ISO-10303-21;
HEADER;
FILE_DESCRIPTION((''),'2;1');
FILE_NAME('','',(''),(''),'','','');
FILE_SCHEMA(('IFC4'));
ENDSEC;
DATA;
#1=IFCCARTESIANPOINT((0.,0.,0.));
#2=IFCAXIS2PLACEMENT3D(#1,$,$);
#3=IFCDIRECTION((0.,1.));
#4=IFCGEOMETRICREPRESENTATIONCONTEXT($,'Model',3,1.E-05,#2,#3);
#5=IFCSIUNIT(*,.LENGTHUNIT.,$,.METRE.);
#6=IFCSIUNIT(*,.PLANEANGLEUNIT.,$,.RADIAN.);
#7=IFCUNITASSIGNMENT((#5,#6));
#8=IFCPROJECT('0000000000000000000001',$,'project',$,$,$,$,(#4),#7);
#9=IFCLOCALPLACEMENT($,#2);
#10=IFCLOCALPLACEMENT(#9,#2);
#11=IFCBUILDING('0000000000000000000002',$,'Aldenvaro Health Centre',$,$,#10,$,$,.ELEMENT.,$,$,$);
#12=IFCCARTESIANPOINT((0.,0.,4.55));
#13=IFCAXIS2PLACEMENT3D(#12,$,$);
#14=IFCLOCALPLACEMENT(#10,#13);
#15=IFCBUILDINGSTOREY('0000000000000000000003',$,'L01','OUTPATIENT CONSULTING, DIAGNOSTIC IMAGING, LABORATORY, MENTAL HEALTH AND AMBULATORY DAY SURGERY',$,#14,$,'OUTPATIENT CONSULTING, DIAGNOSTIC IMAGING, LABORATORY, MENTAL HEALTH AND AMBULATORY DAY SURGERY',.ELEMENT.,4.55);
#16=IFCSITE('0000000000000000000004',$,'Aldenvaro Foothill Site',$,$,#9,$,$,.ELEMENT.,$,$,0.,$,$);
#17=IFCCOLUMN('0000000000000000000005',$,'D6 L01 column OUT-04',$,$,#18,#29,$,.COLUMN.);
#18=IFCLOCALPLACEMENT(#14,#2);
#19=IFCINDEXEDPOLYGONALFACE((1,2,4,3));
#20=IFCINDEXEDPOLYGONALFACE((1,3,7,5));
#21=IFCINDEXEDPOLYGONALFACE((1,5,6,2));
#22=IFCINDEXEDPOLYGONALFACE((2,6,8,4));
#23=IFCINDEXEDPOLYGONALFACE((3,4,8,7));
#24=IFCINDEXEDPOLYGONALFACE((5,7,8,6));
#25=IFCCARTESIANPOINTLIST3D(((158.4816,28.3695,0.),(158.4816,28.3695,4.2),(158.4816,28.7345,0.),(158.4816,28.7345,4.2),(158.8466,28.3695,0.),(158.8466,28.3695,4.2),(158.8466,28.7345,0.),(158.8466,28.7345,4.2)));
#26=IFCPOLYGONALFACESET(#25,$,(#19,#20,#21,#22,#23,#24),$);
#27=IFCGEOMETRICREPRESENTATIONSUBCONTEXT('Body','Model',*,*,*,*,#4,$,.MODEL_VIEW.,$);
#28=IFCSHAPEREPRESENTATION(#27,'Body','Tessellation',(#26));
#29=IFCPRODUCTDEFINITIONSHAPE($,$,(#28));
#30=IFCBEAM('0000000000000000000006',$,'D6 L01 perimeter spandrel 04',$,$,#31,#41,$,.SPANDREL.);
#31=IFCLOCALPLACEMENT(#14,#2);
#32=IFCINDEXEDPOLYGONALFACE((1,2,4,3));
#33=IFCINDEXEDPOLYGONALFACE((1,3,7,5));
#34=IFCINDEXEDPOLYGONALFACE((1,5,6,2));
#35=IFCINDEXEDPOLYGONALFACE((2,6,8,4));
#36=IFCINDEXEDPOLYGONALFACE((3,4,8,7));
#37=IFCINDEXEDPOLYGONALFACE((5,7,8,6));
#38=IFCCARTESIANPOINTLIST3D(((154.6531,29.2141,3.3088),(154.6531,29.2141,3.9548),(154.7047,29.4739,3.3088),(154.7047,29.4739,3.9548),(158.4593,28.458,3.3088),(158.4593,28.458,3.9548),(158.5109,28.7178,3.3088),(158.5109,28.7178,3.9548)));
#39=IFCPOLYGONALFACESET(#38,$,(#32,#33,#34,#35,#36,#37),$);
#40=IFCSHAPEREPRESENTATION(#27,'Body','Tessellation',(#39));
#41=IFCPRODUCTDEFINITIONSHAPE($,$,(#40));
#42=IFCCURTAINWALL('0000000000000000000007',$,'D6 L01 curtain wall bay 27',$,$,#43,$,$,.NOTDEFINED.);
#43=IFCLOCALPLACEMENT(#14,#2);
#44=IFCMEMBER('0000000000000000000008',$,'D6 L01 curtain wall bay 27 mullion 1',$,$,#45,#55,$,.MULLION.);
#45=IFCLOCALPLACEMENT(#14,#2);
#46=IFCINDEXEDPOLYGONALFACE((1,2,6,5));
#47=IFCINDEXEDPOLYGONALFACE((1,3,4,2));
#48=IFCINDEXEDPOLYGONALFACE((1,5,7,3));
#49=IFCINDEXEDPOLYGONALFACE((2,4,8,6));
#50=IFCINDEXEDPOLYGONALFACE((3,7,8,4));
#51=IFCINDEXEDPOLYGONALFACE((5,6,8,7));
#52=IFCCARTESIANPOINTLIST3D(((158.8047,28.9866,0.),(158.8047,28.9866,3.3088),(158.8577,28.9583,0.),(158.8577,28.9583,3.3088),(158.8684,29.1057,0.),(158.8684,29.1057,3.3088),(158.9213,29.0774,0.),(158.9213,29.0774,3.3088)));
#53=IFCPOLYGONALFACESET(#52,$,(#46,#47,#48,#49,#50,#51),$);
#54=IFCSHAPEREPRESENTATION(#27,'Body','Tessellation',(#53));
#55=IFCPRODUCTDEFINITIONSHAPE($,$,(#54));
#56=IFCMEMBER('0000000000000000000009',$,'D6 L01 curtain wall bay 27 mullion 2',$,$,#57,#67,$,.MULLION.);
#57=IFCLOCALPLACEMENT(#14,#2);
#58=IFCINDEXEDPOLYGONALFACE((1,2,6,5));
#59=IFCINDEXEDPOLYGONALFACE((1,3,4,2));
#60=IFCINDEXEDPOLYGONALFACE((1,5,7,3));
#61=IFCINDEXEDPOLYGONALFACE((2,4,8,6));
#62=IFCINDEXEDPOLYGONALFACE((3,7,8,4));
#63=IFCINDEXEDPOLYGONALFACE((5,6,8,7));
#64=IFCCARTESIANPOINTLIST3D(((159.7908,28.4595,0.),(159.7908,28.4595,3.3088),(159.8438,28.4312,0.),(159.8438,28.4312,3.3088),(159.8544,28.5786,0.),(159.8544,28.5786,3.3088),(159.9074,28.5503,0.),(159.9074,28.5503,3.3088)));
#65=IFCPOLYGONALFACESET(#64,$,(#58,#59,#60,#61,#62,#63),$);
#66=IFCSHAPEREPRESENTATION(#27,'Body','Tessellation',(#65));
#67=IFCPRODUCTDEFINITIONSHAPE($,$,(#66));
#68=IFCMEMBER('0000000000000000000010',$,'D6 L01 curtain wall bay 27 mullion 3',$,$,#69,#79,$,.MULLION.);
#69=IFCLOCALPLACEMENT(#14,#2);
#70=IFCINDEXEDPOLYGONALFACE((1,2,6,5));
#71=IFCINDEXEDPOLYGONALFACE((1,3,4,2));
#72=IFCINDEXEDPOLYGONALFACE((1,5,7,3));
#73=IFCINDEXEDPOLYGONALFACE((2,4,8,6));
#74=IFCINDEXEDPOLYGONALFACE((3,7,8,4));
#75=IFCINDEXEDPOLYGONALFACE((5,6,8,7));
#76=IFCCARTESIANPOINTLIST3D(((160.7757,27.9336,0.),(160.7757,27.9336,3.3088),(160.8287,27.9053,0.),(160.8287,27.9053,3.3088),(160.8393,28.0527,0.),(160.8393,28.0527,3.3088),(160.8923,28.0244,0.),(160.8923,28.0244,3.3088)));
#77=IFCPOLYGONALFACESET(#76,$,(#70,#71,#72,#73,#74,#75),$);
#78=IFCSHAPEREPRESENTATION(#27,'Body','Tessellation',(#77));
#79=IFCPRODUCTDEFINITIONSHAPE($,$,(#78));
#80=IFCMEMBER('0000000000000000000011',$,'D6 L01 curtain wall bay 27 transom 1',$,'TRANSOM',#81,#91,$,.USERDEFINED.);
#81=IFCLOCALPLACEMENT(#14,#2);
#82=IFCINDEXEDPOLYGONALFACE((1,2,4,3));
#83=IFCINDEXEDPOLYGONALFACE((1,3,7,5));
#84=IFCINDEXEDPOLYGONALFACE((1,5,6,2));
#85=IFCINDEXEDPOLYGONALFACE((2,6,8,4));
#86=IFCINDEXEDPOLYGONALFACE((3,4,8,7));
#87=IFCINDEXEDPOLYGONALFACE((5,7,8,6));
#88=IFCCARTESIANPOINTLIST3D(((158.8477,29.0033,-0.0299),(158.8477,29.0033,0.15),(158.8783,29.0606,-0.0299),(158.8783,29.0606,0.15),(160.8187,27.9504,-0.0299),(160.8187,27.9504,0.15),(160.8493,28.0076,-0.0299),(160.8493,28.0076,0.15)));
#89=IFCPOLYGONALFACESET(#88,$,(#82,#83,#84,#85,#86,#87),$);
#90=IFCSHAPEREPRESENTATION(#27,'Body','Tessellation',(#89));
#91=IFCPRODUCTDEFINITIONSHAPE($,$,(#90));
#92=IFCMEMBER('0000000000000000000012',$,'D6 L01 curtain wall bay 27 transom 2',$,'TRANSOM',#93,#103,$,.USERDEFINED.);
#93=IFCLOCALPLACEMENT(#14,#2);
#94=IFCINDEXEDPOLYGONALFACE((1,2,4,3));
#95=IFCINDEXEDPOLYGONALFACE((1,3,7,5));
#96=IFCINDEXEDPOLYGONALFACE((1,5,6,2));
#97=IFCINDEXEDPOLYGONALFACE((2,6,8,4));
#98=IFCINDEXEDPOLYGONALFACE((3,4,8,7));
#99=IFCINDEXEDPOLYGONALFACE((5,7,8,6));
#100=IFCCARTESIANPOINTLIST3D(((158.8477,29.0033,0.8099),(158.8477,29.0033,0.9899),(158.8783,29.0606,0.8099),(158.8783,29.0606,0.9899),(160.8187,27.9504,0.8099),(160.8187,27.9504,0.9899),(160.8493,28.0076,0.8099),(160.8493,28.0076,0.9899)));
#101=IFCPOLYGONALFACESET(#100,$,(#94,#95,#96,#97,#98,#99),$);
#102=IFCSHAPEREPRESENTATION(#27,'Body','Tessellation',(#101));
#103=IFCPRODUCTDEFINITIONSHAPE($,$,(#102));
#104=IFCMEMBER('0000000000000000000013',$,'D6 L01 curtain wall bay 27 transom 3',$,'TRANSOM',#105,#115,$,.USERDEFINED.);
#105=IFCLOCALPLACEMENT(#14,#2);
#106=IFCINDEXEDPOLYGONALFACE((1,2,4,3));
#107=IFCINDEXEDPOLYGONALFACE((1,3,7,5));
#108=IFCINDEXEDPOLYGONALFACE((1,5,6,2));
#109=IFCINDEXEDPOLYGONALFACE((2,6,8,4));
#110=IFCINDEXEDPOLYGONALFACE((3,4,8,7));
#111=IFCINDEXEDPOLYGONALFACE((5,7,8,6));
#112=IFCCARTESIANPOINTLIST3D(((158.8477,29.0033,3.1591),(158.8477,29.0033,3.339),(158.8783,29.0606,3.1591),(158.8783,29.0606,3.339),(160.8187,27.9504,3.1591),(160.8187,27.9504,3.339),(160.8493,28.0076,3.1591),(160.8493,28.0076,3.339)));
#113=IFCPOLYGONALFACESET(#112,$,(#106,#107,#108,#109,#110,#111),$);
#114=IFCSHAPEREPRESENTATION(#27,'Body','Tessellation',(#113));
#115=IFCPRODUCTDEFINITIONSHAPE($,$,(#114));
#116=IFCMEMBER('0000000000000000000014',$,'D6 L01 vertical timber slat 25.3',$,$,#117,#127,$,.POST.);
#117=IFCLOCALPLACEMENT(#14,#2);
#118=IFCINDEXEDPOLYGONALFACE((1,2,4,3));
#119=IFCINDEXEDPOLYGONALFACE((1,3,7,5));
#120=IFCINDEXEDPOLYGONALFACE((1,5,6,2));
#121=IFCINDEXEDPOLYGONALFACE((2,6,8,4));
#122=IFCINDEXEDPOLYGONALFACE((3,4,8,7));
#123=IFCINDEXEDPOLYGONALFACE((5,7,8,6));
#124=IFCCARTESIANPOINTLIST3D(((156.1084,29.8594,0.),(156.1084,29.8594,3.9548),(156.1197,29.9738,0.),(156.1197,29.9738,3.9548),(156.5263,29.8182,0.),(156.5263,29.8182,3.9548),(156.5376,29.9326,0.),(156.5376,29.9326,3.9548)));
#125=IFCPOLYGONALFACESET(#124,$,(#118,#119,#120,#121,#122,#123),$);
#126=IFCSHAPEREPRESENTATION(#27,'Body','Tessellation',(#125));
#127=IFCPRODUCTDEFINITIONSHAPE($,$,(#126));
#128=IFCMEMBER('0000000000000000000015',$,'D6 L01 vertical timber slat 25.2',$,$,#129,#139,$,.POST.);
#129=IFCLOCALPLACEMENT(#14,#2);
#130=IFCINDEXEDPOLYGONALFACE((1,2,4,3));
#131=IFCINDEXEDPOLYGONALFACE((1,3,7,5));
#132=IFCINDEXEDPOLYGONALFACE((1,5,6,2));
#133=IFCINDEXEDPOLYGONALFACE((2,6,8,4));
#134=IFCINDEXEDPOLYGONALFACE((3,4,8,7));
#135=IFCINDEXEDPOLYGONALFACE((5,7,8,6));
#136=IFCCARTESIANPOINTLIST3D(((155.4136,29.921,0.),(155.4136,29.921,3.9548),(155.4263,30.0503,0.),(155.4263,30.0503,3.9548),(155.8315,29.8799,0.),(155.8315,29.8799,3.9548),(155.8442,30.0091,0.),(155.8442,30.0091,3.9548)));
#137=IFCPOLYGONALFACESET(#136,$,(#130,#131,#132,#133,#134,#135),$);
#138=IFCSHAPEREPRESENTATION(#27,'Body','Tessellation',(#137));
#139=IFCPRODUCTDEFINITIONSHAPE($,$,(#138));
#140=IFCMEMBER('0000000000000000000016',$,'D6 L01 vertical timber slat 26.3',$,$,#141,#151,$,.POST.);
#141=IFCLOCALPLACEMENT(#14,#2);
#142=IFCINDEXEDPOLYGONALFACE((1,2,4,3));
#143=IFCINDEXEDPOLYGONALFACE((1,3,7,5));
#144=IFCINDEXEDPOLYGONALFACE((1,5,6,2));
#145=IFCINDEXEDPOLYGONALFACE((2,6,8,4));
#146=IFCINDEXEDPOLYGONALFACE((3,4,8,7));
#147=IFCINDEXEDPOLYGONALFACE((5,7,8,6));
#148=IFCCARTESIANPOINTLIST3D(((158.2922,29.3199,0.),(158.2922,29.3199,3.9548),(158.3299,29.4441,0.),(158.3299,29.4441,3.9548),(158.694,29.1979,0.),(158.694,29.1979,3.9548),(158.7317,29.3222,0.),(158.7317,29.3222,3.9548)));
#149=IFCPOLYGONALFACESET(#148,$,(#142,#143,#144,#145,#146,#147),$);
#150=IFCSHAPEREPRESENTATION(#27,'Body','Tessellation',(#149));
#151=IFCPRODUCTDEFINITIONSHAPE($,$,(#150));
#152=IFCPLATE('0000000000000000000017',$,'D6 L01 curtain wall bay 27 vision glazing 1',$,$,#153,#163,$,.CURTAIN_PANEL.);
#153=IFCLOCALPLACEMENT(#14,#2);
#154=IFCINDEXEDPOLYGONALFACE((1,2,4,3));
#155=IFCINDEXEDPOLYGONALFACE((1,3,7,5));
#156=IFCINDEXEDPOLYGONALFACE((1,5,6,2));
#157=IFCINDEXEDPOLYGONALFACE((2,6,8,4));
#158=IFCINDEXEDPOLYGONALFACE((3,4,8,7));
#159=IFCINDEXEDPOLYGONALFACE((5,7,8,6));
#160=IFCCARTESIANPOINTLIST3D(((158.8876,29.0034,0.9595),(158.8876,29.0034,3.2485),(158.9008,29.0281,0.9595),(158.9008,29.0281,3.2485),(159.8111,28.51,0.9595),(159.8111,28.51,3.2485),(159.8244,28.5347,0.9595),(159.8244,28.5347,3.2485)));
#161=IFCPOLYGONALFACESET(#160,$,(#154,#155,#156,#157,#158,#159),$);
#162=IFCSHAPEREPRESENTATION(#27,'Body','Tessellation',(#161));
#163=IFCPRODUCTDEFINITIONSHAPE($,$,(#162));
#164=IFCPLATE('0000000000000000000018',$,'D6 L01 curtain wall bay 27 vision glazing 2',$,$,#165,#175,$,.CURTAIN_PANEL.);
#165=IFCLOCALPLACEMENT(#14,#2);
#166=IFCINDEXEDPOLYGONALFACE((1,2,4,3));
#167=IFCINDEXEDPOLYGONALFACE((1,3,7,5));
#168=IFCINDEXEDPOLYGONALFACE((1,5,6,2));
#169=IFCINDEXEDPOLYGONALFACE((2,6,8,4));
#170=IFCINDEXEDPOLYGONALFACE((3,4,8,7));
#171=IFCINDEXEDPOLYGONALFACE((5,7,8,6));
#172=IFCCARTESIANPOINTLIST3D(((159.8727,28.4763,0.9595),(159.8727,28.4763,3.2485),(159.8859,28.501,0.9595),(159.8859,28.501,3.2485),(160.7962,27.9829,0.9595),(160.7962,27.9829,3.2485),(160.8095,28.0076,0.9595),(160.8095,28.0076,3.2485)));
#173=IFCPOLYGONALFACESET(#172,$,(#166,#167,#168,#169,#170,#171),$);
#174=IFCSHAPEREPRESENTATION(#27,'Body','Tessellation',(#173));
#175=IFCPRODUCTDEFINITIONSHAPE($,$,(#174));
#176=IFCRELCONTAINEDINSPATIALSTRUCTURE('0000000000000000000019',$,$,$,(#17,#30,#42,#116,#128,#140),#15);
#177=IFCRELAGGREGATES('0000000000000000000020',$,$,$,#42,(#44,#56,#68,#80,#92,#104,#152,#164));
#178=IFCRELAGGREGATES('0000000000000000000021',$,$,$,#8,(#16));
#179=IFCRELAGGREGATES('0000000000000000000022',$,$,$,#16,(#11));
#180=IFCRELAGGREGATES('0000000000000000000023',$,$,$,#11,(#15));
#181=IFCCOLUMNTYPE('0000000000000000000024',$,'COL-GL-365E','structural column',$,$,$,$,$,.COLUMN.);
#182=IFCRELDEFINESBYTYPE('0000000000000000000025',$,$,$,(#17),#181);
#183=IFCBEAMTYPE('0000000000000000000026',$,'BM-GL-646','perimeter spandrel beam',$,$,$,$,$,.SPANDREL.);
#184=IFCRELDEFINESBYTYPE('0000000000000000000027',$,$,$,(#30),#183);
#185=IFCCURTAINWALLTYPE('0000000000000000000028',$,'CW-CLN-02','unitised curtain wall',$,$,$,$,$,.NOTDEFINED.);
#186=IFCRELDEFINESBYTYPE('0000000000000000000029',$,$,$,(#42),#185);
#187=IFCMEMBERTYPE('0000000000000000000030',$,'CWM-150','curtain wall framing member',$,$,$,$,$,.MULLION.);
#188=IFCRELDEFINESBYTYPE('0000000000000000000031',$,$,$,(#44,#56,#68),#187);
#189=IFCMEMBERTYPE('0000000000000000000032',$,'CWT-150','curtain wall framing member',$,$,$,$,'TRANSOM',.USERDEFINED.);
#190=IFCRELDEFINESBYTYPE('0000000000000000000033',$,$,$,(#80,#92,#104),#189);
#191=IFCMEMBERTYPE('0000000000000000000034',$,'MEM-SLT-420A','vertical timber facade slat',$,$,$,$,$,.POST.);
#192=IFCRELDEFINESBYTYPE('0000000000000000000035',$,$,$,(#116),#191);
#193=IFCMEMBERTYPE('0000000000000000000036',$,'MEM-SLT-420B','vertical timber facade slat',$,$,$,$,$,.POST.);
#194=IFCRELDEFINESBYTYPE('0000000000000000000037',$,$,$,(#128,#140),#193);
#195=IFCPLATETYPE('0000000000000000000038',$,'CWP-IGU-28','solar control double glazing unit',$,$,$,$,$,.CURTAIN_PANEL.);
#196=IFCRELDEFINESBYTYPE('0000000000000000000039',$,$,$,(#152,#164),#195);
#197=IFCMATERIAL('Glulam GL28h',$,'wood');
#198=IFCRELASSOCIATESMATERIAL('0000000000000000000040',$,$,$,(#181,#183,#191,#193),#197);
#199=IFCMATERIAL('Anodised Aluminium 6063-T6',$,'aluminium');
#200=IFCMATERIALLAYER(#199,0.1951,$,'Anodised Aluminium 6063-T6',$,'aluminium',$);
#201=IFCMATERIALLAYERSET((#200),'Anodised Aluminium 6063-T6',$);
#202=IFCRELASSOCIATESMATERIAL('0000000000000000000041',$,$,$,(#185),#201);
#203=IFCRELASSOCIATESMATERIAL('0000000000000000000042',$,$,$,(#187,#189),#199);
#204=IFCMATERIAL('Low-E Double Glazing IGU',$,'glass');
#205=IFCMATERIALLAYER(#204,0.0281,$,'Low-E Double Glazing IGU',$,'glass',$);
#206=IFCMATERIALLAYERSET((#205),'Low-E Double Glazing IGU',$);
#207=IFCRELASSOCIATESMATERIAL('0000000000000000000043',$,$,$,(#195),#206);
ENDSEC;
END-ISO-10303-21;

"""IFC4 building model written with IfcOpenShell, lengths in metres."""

from ifc_helpers import new_model, si_unit, direction, frame, origin, origin_2d, place, context, subcontext, project, spatial, rectangle, extrude, material, layer, layer_set, material_profile, profile_set, type_object, element, aggregate, save


model = new_model("IFC4")

# Units and contexts
model_context = context("Model", 3, precision=1e-05, world=origin(), true_north=direction((0.0, 1.0)))
body_context = subcontext(model_context, "Body", "Model", "MODEL_VIEW")
ifc_project = project(units=[si_unit("LENGTHUNIT", "METRE"), si_unit("PLANEANGLEUNIT", "RADIAN")], contexts=[model_context])

# Site, building, storey
site_placement = place(None, origin())
site = spatial("IfcSite", under=ifc_project, at=site_placement, Name="Aldenvaro Foothill Site", CompositionType="ELEMENT", RefElevation=0.0)
building_placement = place(site_placement, origin())
building = spatial("IfcBuilding", under=site, at=building_placement, Name="Aldenvaro Health Centre", CompositionType="ELEMENT")
storey_placement = place(building_placement, frame((0.0, 0.0, 4.55)))
storey = spatial("IfcBuildingStorey", under=building, at=storey_placement, Name="L01", Description="OUTPATIENT CONSULTING, DIAGNOSTIC IMAGING, LABORATORY, MENTAL HEALTH AND AMBULATORY DAY SURGERY", LongName="OUTPATIENT CONSULTING, DIAGNOSTIC IMAGING, LABORATORY, MENTAL HEALTH AND AMBULATORY DAY SURGERY", CompositionType="ELEMENT", Elevation=4.55)

# Column
ifc_material_1 = material(Name="Glulam GL28h", Category="wood")
ifc_material_profile_1 = material_profile(ifc_material_1, rectangle(XDim=0.365, YDim=0.365, at=origin_2d()), Name="GL 365x365", Category="wood")
ifc_profile_set_1 = profile_set([ifc_material_profile_1], Name="Glulam GL28h")
column_type = type_object("IfcColumnType", Name="COL-GL-365E", Description="structural column", PredefinedType="COLUMN", material=ifc_profile_set_1)
column_placement = place(storey_placement, frame((158.6641, 28.552, 0.0), z_axis=(0.0, 0.0, 1.0), x_axis=(1.0, 0.0, 0.0)))
element("IfcColumn", 1, at=column_placement, inside=storey, type_object=column_type, Name="D6 L01 column OUT-04", PredefinedType="COLUMN", context=body_context, shape_type="SweptSolid", body=[
    extrude(rectangle(XDim=0.365, YDim=0.365, at=origin_2d()), origin(), (0.0, 0.0, 1.0), 4.2),
])

# Beam
ifc_material_profile_2 = material_profile(ifc_material_1, rectangle(XDim=0.2649, YDim=0.646, at=origin_2d()), Name="GL 265x646", Category="wood")
ifc_profile_set_2 = profile_set([ifc_material_profile_2], Name="Glulam GL28h")
beam_type = type_object("IfcBeamType", Name="BM-GL-646", Description="perimeter spandrel beam", PredefinedType="SPANDREL", material=ifc_profile_set_2)
beam_placement = place(storey_placement, frame((158.4851, 28.5879, 3.6318), z_axis=(-0.980834, 0.194846, 0.0), x_axis=(-0.194846, -0.980834, 0.0)))
element("IfcBeam", 2, at=beam_placement, inside=storey, type_object=beam_type, Name="D6 L01 perimeter spandrel 04", PredefinedType="SPANDREL", context=body_context, shape_type="SweptSolid", body=[
    extrude(rectangle(XDim=0.2649, YDim=0.646, at=origin_2d()), origin(), (0.0, 0.0, 1.0), 3.8806),
])

# Curtain wall, members
ifc_material_2 = material(Name="Anodised Aluminium 6063-T6", Category="aluminium")
ifc_layer_1 = layer(ifc_material_2, 0.1951, Name="Anodised Aluminium 6063-T6", Category="aluminium")
ifc_layer_set_1 = layer_set([ifc_layer_1], Name="Anodised Aluminium 6063-T6")
curtain_wall_type = type_object("IfcCurtainWallType", Name="CW-CLN-02", Description="unitised curtain wall", PredefinedType="NOTDEFINED", material=ifc_layer_set_1)
curtain_wall_placement = place(storey_placement, origin())
curtain_wall = element("IfcCurtainWall", 3, at=curtain_wall_placement, inside=storey, type_object=curtain_wall_type, Name="D6 L01 curtain wall bay 27", PredefinedType="NOTDEFINED")
ifc_material_profile_3 = material_profile(ifc_material_2, rectangle(XDim=0.0601, YDim=0.135, at=origin_2d()), Name="ALU 60x135", Category="aluminium")
ifc_profile_set_3 = profile_set([ifc_material_profile_3], Name="Anodised Aluminium 6063-T6")
member_type_1 = type_object("IfcMemberType", Name="CWM-150", Description="curtain wall framing member", PredefinedType="MULLION", material=ifc_profile_set_3)
member_1_placement = place(storey_placement, frame((158.863, 29.032, 0.0), z_axis=(0.0, 0.0, 1.0), x_axis=(0.882018, -0.471215, 0.0)))
member_1 = element("IfcMember", 4, at=member_1_placement, type_object=member_type_1, Name="D6 L01 curtain wall bay 27 mullion 1", PredefinedType="MULLION", context=body_context, shape_type="SweptSolid", body=[
    extrude(rectangle(XDim=0.0601, YDim=0.135, at=origin_2d()), origin(), (0.0, 0.0, 1.0), 3.3088),
])
member_2_placement = place(storey_placement, frame((159.8491, 28.5049, 0.0), z_axis=(0.0, 0.0, 1.0), x_axis=(0.882018, -0.471215, 0.0)))
member_2 = element("IfcMember", 5, at=member_2_placement, type_object=member_type_1, Name="D6 L01 curtain wall bay 27 mullion 2", PredefinedType="MULLION", context=body_context, shape_type="SweptSolid", body=[
    extrude(rectangle(XDim=0.0601, YDim=0.135, at=origin_2d()), origin(), (0.0, 0.0, 1.0), 3.3088),
])
member_3_placement = place(storey_placement, frame((160.834, 27.979, 0.0), z_axis=(0.0, 0.0, 1.0), x_axis=(0.882018, -0.471215, 0.0)))
member_3 = element("IfcMember", 6, at=member_3_placement, type_object=member_type_1, Name="D6 L01 curtain wall bay 27 mullion 3", PredefinedType="MULLION", context=body_context, shape_type="SweptSolid", body=[
    extrude(rectangle(XDim=0.0601, YDim=0.135, at=origin_2d()), origin(), (0.0, 0.0, 1.0), 3.3088),
])
ifc_material_profile_4 = material_profile(ifc_material_2, rectangle(XDim=0.0649, YDim=0.1799, at=origin_2d()), Name="ALU 65x180", Category="aluminium")
ifc_profile_set_4 = profile_set([ifc_material_profile_4], Name="Anodised Aluminium 6063-T6")
member_type_2 = type_object("IfcMemberType", Name="CWT-150", Description="curtain wall framing member", ElementType="TRANSOM", PredefinedType="USERDEFINED", material=ifc_profile_set_4)
member_4_placement = place(storey_placement, frame((158.863, 29.032, 0.0601), z_axis=(0.882017, -0.471218, 0.0), x_axis=(0.471218, 0.882017, 0.0)))
member_4 = element("IfcMember", 7, at=member_4_placement, type_object=member_type_2, Name="D6 L01 curtain wall bay 27 transom 1", ObjectType="TRANSOM", PredefinedType="USERDEFINED", context=body_context, shape_type="SweptSolid", body=[
    extrude(rectangle(XDim=0.0649, YDim=0.1799, at=origin_2d()), origin(), (0.0, 0.0, 1.0), 2.2346),
])
member_5_placement = place(storey_placement, frame((158.863, 29.032, 0.8999), z_axis=(0.882017, -0.471218, 0.0), x_axis=(0.471218, 0.882017, 0.0)))
member_5 = element("IfcMember", 8, at=member_5_placement, type_object=member_type_2, Name="D6 L01 curtain wall bay 27 transom 2", ObjectType="TRANSOM", PredefinedType="USERDEFINED", context=body_context, shape_type="SweptSolid", body=[
    extrude(rectangle(XDim=0.0649, YDim=0.1799, at=origin_2d()), origin(), (0.0, 0.0, 1.0), 2.2346),
])
member_6_placement = place(storey_placement, frame((158.863, 29.032, 3.249), z_axis=(0.882017, -0.471218, 0.0), x_axis=(0.471218, 0.882017, 0.0)))
member_6 = element("IfcMember", 9, at=member_6_placement, type_object=member_type_2, Name="D6 L01 curtain wall bay 27 transom 3", ObjectType="TRANSOM", PredefinedType="USERDEFINED", context=body_context, shape_type="SweptSolid", body=[
    extrude(rectangle(XDim=0.0649, YDim=0.1799, at=origin_2d()), origin(), (0.0, 0.0, 1.0), 2.2346),
])

# Members
ifc_material_profile_5 = material_profile(ifc_material_1, rectangle(XDim=0.115, YDim=0.4199, at=origin_2d()), Name="GL 115x420", Category="wood")
ifc_profile_set_5 = profile_set([ifc_material_profile_5], Name="Glulam GL28h")
member_type_3 = type_object("IfcMemberType", Name="MEM-SLT-420A", Description="vertical timber facade slat", PredefinedType="POST", material=ifc_profile_set_5)
member_7_placement = place(storey_placement, frame((156.323, 29.896, 0.0), z_axis=(0.0, 0.0, 1.0), x_axis=(0.097997, 0.995187, 0.0)))
element("IfcMember", 10, at=member_7_placement, inside=storey, type_object=member_type_3, Name="D6 L01 vertical timber slat 25.3", PredefinedType="POST", context=body_context, shape_type="SweptSolid", body=[
    extrude(rectangle(XDim=0.115, YDim=0.4199, at=origin_2d()), origin(), (0.0, 0.0, 1.0), 3.9548),
])
ifc_material_profile_6 = material_profile(ifc_material_1, rectangle(XDim=0.1299, YDim=0.4199, at=origin_2d()), Name="GL 130x420", Category="wood")
ifc_profile_set_6 = profile_set([ifc_material_profile_6], Name="Glulam GL28h")
member_type_4 = type_object("IfcMemberType", Name="MEM-SLT-420B", Description="vertical timber facade slat", PredefinedType="POST", material=ifc_profile_set_6)
for number, where, z_axis, x_axis, name in (
    (11, (155.6289, 29.9651, 0.0), (0.0, 0.0, 1.0), (0.097997, 0.995187, 0.0), "D6 L01 vertical timber slat 25.2"),
    (12, (158.512, 29.321, 0.0), (0.0, 0.0, 1.0), (0.290343, 0.956923, 0.0), "D6 L01 vertical timber slat 26.3"),
):
    element("IfcMember", number, at=place(storey_placement, frame(where, z_axis=z_axis, x_axis=x_axis)), inside=storey, type_object=member_type_4, Name=name, PredefinedType="POST", context=body_context, shape_type="SweptSolid", body=[
        extrude(rectangle(XDim=0.1299, YDim=0.4199, at=origin_2d()), origin(), (0.0, 0.0, 1.0), 3.9548),
    ])

# Plates
ifc_material_3 = material(Name="Low-E Double Glazing IGU", Category="glass")
ifc_layer_2 = layer(ifc_material_3, 0.0281, Name="Low-E Double Glazing IGU", Category="glass")
ifc_layer_set_2 = layer_set([ifc_layer_2], Name="Low-E Double Glazing IGU")
plate_type_1 = type_object("IfcPlateType", Name="CWP-IGU-28", Description="solar control double glazing unit", PredefinedType="CURTAIN_PANEL", material=ifc_layer_set_2)
plate_1_placement = place(storey_placement, frame((159.356, 28.769, 0.9595), z_axis=(0.0, 0.0, 1.0), x_axis=(0.882018, -0.471215, 0.0)))
plate_1 = element("IfcPlate", 13, at=plate_1_placement, type_object=plate_type_1, Name="D6 L01 curtain wall bay 27 vision glazing 1", PredefinedType="CURTAIN_PANEL", context=body_context, shape_type="SweptSolid", body=[
    extrude(rectangle(XDim=1.0471, YDim=0.0281, at=origin_2d()), origin(), (0.0, 0.0, 1.0), 2.2891),
])
plate_2_placement = place(storey_placement, frame((160.3411, 28.2419, 0.9595), z_axis=(0.0, 0.0, 1.0), x_axis=(0.882018, -0.471215, 0.0)))
plate_2 = element("IfcPlate", 14, at=plate_2_placement, type_object=plate_type_1, Name="D6 L01 curtain wall bay 27 vision glazing 2", PredefinedType="CURTAIN_PANEL", context=body_context, shape_type="SweptSolid", body=[
    extrude(rectangle(XDim=1.0471, YDim=0.0281, at=origin_2d()), origin(), (0.0, 0.0, 1.0), 2.2891),
])
aggregate(curtain_wall, [member_1, member_2, member_3, member_4, member_5, member_6, plate_1, plate_2])

save(model, "model.ifc")
